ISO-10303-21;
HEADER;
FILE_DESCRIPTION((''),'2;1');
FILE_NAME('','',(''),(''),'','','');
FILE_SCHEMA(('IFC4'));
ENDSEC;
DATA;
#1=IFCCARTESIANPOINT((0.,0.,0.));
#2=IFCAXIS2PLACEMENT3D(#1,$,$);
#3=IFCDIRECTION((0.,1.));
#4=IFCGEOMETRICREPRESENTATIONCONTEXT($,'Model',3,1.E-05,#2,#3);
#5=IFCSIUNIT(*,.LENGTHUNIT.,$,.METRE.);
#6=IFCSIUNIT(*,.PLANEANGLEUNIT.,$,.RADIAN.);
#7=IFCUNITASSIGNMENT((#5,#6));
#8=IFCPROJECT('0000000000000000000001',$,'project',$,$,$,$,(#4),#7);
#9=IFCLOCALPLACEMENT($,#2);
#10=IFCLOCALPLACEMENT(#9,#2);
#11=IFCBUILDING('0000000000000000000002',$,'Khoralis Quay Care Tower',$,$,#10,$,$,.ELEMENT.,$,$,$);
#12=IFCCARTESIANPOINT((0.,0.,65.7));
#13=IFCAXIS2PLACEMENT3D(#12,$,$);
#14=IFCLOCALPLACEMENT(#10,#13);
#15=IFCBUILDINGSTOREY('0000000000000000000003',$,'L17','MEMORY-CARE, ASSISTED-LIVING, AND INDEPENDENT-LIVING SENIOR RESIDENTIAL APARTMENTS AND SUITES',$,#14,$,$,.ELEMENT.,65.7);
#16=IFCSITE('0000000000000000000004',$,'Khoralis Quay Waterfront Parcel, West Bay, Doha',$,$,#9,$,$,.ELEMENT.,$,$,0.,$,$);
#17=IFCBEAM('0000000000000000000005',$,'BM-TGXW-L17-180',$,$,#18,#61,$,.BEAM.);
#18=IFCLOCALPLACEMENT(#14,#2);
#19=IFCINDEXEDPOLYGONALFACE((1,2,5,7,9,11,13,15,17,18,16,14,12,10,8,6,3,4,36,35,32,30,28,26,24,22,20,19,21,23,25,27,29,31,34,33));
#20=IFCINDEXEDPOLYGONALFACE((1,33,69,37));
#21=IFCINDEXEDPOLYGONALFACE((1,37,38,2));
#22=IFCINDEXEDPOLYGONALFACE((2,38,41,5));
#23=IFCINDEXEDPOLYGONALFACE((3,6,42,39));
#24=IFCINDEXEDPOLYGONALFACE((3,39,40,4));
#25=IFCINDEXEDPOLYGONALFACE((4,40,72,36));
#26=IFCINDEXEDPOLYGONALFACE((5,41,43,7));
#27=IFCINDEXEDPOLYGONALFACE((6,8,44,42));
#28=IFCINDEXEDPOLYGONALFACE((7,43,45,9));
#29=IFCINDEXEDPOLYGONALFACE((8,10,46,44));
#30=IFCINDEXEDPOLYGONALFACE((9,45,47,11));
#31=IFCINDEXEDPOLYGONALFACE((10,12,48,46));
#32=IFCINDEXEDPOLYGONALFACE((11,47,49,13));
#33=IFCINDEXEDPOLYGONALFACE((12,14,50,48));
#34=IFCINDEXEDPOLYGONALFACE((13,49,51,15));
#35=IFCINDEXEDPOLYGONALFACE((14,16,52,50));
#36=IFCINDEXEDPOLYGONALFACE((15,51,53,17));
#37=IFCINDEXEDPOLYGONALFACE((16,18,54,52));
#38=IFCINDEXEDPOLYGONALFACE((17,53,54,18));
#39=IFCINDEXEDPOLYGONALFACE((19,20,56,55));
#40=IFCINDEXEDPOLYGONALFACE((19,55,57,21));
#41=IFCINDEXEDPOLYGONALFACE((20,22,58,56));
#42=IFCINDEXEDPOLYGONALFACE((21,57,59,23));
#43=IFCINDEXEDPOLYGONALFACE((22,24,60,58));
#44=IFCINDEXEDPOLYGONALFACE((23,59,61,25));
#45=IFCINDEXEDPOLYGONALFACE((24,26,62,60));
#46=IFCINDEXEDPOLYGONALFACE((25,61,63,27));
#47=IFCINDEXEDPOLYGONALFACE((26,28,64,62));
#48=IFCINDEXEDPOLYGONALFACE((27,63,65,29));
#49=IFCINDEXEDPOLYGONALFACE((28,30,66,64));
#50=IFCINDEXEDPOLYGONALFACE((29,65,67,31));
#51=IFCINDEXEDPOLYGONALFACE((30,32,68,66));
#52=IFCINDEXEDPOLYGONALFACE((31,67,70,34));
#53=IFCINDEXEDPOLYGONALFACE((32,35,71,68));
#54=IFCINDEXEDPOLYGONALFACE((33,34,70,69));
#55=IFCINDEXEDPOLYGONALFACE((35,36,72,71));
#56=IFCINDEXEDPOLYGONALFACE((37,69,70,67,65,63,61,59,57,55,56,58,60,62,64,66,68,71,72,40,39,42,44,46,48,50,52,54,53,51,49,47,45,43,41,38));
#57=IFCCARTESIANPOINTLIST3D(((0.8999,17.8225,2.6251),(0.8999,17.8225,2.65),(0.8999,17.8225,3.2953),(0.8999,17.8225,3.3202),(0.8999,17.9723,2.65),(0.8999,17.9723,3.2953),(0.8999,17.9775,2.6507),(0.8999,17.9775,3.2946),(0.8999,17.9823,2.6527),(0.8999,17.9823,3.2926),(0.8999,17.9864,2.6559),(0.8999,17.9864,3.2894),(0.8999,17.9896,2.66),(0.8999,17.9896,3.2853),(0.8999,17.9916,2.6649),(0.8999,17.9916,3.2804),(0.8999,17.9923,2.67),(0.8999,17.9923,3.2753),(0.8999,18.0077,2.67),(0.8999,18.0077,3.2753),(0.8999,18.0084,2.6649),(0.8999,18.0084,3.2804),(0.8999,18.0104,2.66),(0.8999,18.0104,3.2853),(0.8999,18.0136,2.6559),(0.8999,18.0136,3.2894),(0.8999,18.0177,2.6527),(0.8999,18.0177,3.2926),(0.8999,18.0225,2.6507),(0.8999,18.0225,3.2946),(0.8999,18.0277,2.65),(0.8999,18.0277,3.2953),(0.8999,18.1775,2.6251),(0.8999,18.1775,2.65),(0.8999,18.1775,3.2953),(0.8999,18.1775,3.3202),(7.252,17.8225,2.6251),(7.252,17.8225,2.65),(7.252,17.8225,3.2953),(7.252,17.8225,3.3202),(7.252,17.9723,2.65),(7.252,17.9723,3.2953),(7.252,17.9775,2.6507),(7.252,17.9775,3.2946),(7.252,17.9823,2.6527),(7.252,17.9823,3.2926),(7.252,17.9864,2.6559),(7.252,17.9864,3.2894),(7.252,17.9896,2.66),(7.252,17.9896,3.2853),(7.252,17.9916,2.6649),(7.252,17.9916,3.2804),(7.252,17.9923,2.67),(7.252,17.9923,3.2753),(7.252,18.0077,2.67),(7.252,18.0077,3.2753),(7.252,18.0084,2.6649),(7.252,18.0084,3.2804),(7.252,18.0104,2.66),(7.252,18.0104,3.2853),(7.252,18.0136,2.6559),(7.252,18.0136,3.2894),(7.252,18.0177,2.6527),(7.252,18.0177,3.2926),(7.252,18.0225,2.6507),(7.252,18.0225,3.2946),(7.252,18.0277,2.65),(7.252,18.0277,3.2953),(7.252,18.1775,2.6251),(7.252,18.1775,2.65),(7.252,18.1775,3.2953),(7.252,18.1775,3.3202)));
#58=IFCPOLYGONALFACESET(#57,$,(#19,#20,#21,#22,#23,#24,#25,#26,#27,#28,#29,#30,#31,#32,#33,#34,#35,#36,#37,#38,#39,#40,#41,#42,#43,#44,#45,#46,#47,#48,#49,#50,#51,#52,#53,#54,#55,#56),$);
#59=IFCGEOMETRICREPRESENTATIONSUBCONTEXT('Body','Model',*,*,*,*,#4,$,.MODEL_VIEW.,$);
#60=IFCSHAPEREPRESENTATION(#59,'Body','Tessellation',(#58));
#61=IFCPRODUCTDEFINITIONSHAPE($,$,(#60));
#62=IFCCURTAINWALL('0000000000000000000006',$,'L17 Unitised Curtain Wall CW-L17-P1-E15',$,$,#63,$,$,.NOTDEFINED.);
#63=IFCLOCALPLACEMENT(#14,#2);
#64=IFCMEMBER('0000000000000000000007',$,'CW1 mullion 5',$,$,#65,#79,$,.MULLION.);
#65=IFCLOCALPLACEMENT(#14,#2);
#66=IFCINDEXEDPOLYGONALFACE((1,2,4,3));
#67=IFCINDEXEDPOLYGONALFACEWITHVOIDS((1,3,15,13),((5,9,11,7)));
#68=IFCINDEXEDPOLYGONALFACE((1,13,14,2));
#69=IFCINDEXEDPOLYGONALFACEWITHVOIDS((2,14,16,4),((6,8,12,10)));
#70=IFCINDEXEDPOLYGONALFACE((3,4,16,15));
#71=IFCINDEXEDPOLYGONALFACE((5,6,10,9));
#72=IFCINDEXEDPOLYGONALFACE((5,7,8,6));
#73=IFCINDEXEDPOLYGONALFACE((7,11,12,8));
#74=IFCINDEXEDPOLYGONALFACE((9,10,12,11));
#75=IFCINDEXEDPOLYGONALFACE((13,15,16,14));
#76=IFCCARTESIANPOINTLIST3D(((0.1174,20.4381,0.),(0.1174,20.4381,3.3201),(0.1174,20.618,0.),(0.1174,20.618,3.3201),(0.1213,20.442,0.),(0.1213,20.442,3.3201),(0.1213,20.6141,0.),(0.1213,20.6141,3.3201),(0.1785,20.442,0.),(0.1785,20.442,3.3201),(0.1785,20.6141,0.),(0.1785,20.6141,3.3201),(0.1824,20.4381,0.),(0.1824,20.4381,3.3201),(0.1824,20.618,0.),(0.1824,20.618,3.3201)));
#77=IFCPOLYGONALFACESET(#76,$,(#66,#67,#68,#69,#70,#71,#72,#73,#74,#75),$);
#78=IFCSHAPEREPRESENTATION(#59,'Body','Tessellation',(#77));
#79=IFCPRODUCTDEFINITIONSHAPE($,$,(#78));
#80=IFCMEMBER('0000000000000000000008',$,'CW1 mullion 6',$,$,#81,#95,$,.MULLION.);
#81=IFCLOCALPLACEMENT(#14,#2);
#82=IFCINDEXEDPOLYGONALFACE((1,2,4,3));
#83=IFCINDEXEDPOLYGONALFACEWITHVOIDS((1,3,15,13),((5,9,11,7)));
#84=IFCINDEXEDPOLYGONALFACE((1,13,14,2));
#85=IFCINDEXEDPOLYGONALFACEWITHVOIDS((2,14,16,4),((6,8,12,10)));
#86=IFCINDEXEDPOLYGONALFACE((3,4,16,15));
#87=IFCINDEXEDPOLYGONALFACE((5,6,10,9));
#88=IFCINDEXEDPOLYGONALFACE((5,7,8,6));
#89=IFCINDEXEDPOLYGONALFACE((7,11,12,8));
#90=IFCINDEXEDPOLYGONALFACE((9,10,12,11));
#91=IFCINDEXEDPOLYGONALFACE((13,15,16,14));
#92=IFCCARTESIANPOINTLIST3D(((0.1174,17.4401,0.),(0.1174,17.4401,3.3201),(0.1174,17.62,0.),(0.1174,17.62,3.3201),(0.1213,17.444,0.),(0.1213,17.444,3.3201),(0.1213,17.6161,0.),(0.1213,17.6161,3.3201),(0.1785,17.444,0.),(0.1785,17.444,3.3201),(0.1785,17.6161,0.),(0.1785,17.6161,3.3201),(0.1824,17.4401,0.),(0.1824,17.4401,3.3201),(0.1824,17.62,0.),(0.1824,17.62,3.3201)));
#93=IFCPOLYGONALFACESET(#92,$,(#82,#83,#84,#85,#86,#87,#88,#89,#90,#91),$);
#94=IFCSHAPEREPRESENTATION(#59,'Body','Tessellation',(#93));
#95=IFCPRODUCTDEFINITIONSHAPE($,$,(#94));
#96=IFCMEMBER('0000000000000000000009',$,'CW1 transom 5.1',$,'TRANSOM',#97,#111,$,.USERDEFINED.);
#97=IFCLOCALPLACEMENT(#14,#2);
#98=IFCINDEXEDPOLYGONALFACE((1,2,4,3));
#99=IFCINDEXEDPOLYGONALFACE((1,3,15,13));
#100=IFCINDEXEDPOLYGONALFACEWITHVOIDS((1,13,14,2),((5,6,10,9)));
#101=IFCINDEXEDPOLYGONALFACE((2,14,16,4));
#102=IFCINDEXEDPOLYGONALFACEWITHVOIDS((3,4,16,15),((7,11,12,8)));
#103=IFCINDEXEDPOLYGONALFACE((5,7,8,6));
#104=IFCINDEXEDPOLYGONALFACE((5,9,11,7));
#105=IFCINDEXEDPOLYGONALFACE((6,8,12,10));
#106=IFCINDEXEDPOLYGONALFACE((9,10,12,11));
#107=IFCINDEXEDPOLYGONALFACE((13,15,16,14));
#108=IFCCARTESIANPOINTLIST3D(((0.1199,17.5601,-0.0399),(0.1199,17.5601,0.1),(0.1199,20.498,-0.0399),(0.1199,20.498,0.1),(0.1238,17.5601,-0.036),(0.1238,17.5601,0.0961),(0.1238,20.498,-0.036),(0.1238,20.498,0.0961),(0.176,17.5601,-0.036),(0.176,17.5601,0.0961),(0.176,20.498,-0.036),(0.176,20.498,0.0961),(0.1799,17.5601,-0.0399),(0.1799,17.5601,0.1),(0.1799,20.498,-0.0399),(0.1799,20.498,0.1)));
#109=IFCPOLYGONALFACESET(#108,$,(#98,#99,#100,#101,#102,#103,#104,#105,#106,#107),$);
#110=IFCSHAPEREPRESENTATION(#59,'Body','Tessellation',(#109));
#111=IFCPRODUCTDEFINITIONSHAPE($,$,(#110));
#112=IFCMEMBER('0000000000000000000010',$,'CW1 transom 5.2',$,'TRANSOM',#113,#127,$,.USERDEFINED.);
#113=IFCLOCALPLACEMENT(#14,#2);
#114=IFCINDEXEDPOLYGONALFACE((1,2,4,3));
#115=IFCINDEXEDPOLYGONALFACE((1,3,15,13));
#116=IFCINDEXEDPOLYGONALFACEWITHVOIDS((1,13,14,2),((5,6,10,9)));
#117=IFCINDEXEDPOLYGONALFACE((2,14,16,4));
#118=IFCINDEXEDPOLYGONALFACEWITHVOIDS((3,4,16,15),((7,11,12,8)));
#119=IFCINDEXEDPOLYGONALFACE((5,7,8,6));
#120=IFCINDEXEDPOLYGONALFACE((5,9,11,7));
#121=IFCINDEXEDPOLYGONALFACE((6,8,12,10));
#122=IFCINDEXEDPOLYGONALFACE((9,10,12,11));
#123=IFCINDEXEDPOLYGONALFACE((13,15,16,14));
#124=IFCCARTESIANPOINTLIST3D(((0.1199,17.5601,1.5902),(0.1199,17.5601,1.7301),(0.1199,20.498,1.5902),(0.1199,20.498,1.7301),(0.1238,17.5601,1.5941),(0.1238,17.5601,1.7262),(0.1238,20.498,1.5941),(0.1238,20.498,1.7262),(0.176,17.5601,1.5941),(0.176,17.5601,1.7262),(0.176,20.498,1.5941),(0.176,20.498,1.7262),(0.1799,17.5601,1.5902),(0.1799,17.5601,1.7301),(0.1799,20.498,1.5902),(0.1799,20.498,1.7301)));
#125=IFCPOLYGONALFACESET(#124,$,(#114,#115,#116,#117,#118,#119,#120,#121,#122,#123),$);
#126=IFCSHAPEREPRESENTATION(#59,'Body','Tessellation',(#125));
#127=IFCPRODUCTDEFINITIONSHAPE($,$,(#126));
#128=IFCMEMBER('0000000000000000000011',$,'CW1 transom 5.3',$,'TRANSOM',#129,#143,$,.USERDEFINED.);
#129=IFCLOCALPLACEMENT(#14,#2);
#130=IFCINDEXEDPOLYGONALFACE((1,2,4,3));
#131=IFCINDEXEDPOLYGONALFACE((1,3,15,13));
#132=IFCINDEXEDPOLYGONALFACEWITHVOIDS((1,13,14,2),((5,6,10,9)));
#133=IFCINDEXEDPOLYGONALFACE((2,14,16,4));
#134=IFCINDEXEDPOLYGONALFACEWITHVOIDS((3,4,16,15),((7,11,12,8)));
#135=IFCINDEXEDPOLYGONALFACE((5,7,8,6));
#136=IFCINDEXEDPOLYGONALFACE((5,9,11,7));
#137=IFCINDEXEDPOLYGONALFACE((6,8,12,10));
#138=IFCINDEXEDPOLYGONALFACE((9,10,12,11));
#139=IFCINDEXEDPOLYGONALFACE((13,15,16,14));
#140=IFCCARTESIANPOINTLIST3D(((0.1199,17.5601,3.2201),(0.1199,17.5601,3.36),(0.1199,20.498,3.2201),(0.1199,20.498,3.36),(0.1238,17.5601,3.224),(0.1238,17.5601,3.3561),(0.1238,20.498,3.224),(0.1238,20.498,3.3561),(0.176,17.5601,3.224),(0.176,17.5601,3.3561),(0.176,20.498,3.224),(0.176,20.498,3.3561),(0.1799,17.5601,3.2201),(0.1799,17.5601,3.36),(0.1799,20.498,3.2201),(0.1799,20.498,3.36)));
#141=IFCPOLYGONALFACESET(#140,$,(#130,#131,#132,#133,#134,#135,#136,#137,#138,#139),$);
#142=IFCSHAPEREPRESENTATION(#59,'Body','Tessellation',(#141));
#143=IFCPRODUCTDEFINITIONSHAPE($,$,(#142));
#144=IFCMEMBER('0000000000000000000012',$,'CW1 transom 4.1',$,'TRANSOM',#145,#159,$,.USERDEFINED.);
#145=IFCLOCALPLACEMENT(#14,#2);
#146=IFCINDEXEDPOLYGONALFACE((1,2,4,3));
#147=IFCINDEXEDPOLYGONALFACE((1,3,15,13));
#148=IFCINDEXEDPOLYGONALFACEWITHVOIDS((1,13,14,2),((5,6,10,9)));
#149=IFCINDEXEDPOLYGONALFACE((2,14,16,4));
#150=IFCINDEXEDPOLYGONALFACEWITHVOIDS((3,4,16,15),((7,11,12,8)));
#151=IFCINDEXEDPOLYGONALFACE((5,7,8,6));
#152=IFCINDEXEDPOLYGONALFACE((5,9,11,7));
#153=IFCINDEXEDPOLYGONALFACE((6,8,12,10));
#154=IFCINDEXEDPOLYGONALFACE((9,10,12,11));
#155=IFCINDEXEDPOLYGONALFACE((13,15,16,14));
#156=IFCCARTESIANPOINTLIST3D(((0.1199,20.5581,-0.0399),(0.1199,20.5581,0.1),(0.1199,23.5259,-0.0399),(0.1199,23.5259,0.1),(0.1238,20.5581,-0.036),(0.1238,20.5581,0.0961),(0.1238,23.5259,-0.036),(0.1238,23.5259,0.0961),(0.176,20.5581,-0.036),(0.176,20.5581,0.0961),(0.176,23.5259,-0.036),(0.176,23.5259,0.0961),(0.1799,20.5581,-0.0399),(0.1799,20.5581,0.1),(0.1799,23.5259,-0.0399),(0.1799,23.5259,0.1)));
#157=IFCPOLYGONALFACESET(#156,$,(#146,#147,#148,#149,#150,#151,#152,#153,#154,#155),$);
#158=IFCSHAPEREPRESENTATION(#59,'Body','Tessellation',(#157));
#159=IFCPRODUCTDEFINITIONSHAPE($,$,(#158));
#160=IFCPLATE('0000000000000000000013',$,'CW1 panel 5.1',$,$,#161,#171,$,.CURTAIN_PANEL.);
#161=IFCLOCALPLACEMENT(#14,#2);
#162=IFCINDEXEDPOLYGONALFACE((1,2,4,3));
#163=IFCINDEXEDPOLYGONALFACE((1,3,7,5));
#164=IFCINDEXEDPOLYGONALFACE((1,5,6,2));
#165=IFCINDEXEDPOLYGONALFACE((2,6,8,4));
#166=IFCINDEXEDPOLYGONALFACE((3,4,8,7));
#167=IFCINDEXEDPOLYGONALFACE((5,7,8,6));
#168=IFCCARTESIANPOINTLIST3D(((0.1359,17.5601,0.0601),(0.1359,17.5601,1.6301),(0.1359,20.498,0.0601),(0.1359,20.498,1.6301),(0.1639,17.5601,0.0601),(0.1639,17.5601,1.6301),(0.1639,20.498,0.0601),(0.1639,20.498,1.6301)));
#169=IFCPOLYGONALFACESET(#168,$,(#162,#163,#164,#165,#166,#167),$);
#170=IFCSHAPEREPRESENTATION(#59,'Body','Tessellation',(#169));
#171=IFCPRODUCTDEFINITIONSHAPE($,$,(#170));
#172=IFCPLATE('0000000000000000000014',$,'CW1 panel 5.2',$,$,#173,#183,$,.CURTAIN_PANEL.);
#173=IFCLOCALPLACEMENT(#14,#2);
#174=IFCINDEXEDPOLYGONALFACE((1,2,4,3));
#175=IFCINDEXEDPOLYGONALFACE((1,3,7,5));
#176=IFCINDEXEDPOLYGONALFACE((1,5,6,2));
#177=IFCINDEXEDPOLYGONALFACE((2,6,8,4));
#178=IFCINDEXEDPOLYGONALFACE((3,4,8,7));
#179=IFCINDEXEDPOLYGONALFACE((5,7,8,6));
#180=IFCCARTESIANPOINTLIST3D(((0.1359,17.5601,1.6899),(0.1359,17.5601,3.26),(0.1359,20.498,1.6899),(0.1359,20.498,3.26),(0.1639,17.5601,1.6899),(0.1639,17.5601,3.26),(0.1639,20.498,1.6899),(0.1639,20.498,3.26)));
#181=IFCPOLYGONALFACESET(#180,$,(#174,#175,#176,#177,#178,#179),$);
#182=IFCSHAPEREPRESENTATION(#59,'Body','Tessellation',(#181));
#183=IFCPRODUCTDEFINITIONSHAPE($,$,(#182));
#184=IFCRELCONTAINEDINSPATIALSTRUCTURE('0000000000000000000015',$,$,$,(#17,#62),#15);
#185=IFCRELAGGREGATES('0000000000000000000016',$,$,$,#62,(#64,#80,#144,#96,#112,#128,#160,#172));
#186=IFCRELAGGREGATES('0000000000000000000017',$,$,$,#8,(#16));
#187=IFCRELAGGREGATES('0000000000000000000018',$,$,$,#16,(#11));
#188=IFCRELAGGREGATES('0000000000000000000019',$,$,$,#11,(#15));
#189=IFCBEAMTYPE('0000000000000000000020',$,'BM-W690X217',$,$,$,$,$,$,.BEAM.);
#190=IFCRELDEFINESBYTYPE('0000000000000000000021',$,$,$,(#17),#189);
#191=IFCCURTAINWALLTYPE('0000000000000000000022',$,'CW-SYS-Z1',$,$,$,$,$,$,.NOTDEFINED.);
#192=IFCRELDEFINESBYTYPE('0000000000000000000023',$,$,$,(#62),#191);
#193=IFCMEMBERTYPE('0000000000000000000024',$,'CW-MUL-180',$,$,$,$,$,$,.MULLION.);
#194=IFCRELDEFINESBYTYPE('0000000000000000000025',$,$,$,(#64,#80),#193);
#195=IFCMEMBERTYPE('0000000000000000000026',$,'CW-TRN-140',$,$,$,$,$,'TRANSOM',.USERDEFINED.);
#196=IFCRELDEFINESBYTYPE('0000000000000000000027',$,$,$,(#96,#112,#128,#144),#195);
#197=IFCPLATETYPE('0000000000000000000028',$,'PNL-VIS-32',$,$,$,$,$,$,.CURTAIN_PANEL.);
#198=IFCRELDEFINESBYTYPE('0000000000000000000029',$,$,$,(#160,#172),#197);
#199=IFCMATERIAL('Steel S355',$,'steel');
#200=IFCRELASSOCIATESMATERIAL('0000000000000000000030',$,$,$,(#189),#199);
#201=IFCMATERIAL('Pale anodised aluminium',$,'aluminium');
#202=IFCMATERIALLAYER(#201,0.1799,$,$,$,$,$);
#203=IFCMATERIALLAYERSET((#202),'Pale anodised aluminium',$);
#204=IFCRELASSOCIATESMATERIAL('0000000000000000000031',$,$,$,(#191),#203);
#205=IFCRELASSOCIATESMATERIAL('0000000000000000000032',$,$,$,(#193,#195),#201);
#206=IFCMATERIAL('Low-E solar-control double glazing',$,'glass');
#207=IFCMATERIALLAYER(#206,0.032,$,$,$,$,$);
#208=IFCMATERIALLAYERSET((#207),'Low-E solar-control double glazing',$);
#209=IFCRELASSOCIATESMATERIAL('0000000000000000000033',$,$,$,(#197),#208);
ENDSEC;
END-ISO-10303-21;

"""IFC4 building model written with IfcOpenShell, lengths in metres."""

from ifc_helpers import new_model, si_unit, direction, frame, origin, origin_2d, place, context, subcontext, project, spatial, rectangle, hollow_rectangle, i_section, extrude, source, transform, mapped, material, layer, layer_set, material_profile, profile_set, type_object, element, aggregate, save


model = new_model("IFC4")

# Units and contexts
model_context = context("Model", 3, precision=1e-05, world=origin(), true_north=direction((0.0, 1.0)))
body_context = subcontext(model_context, "Body", "Model", "MODEL_VIEW")
ifc_project = project(units=[si_unit("LENGTHUNIT", "METRE"), si_unit("PLANEANGLEUNIT", "RADIAN")], contexts=[model_context])

# Site, building, storey
site_placement = place(None, origin())
site = spatial("IfcSite", under=ifc_project, at=site_placement, Name="Khoralis Quay Waterfront Parcel, West Bay, Doha", CompositionType="ELEMENT", RefElevation=0.0)
building_placement = place(site_placement, origin())
building = spatial("IfcBuilding", under=site, at=building_placement, Name="Khoralis Quay Care Tower", CompositionType="ELEMENT")
storey_placement = place(building_placement, frame((0.0, 0.0, 65.7)))
storey = spatial("IfcBuildingStorey", under=building, at=storey_placement, Name="L17", Description="MEMORY-CARE, ASSISTED-LIVING, AND INDEPENDENT-LIVING SENIOR RESIDENTIAL APARTMENTS AND SUITES", CompositionType="ELEMENT", Elevation=65.7)

# Beam
ifc_material_1 = material(Name="Steel S355", Category="steel")
ifc_material_profile_1 = material_profile(ifc_material_1, i_section(OverallWidth=0.355, OverallDepth=0.6951, WebThickness=0.0154, FlangeThickness=0.0249, FilletRadius=0.02, at=origin_2d()), Name="Steel S355")
ifc_profile_set_1 = profile_set([ifc_material_profile_1], Name="Steel S355")
beam_type_1 = type_object("IfcBeamType", Name="BM-W690X217", PredefinedType="BEAM", material=ifc_profile_set_1)
shared_shape_1 = source(origin(), body_context, "Body", "SweptSolid", [
    extrude(i_section(OverallWidth=0.355, OverallDepth=0.6951, WebThickness=0.0154, FlangeThickness=0.0249, FilletRadius=0.02, at=origin_2d()), origin(), (0.0, 0.0, 1.0), 6.3521),
])
beam_1_placement = place(storey_placement, frame((0.8999, 18.0, 2.9727), z_axis=(1.0, 0.0, 0.0), x_axis=(0.0, 1.0, 0.0)))
element("IfcBeam", 1, at=beam_1_placement, inside=storey, type_object=beam_type_1, Name="BM-TGXW-L17-180", PredefinedType="BEAM", context=body_context, shape_type="MappedRepresentation", body=[
    mapped(shared_shape_1, transform((0.0, 0.0, 0.0), scale=1.0)),
])

# Curtain wall, members, plates
ifc_material_2 = material(Name="Pale anodised aluminium", Category="aluminium")
ifc_layer_1 = layer(ifc_material_2, 0.1799)
ifc_layer_set_1 = layer_set([ifc_layer_1], Name="Pale anodised aluminium")
curtain_wall_type = type_object("IfcCurtainWallType", Name="CW-SYS-Z1", PredefinedType="NOTDEFINED", material=ifc_layer_set_1)
curtain_wall_placement = place(storey_placement, origin())
curtain_wall = element("IfcCurtainWall", 2, at=curtain_wall_placement, inside=storey, type_object=curtain_wall_type, Name="L17 Unitised Curtain Wall CW-L17-P1-E15", PredefinedType="NOTDEFINED")
ifc_material_profile_2 = material_profile(ifc_material_2, hollow_rectangle(XDim=0.0649, YDim=0.1799, WallThickness=0.0039, at=origin_2d()), Name="Pale anodised aluminium")
ifc_profile_set_2 = profile_set([ifc_material_profile_2], Name="Pale anodised aluminium")
member_type_1 = type_object("IfcMemberType", Name="CW-MUL-180", PredefinedType="MULLION", material=ifc_profile_set_2)
shared_shape_2 = source(origin(), body_context, "Body", "SweptSolid", [
    extrude(hollow_rectangle(XDim=0.0649, YDim=0.1799, WallThickness=0.0039, at=origin_2d()), origin(), (0.0, 0.0, 1.0), 3.3201),
])
member_1_placement = place(storey_placement, frame((0.1499, 20.5281, 0.0), z_axis=(0.0, 0.0, 1.0), x_axis=(1.0, 0.0, 0.0)))
member_1 = element("IfcMember", 3, at=member_1_placement, type_object=member_type_1, Name="CW1 mullion 5", PredefinedType="MULLION", context=body_context, shape_type="MappedRepresentation", body=[
    mapped(shared_shape_2, transform((0.0, 0.0, 0.0), scale=1.0)),
])
member_2_placement = place(storey_placement, frame((0.1499, 17.53, 0.0), z_axis=(0.0, 0.0, 1.0), x_axis=(1.0, 0.0, 0.0)))
member_2 = element("IfcMember", 4, at=member_2_placement, type_object=member_type_1, Name="CW1 mullion 6", PredefinedType="MULLION", context=body_context, shape_type="MappedRepresentation", body=[
    mapped(shared_shape_2, transform((0.0, 0.0, 0.0), scale=1.0)),
])
ifc_material_profile_3 = material_profile(ifc_material_2, hollow_rectangle(XDim=0.0601, YDim=0.1399, WallThickness=0.0039, at=origin_2d()), Name="Pale anodised aluminium")
ifc_profile_set_3 = profile_set([ifc_material_profile_3], Name="Pale anodised aluminium")
member_type_2 = type_object("IfcMemberType", Name="CW-TRN-140", ElementType="TRANSOM", PredefinedType="USERDEFINED", material=ifc_profile_set_3)
shared_shape_3 = source(origin(), body_context, "Body", "SweptSolid", [
    extrude(hollow_rectangle(XDim=0.0601, YDim=0.1399, WallThickness=0.0039, at=origin_2d()), origin(), (0.0, 0.0, 1.0), 2.938),
])
member_3_placement = place(storey_placement, frame((0.1499, 20.498, 0.03), z_axis=(0.0, -1.0, 0.0), x_axis=(1.0, 0.0, 0.0)))
member_3 = element("IfcMember", 5, at=member_3_placement, type_object=member_type_2, Name="CW1 transom 5.1", ObjectType="TRANSOM", PredefinedType="USERDEFINED", context=body_context, shape_type="MappedRepresentation", body=[
    mapped(shared_shape_3, transform((0.0, 0.0, 0.0), scale=1.0)),
])
member_4_placement = place(storey_placement, frame((0.1499, 20.498, 1.6602), z_axis=(0.0, -1.0, 0.0), x_axis=(1.0, 0.0, 0.0)))
member_4 = element("IfcMember", 6, at=member_4_placement, type_object=member_type_2, Name="CW1 transom 5.2", ObjectType="TRANSOM", PredefinedType="USERDEFINED", context=body_context, shape_type="MappedRepresentation", body=[
    mapped(shared_shape_3, transform((0.0, 0.0, 0.0), scale=1.0)),
])
member_5_placement = place(storey_placement, frame((0.1499, 20.498, 3.29), z_axis=(0.0, -1.0, 0.0), x_axis=(1.0, 0.0, 0.0)))
member_5 = element("IfcMember", 7, at=member_5_placement, type_object=member_type_2, Name="CW1 transom 5.3", ObjectType="TRANSOM", PredefinedType="USERDEFINED", context=body_context, shape_type="MappedRepresentation", body=[
    mapped(shared_shape_3, transform((0.0, 0.0, 0.0), scale=1.0)),
])
shared_shape_4 = source(origin(), body_context, "Body", "SweptSolid", [
    extrude(hollow_rectangle(XDim=0.0601, YDim=0.1399, WallThickness=0.0039, at=origin_2d()), origin(), (0.0, 0.0, 1.0), 2.9678),
])
member_6_placement = place(storey_placement, frame((0.1499, 23.5259, 0.03), z_axis=(0.0, -1.0, 0.0), x_axis=(1.0, 0.0, 0.0)))
member_6 = element("IfcMember", 8, at=member_6_placement, type_object=member_type_2, Name="CW1 transom 4.1", ObjectType="TRANSOM", PredefinedType="USERDEFINED", context=body_context, shape_type="MappedRepresentation", body=[
    mapped(shared_shape_4, transform((0.0, 0.0, 0.0), scale=1.0)),
])
ifc_material_3 = material(Name="Low-E solar-control double glazing", Category="glass")
ifc_layer_2 = layer(ifc_material_3, 0.032)
ifc_layer_set_2 = layer_set([ifc_layer_2], Name="Low-E solar-control double glazing")
plate_type = type_object("IfcPlateType", Name="PNL-VIS-32", PredefinedType="CURTAIN_PANEL", material=ifc_layer_set_2)
shared_shape_5 = source(origin(), body_context, "Body", "SweptSolid", [
    extrude(rectangle(XDim=2.938, YDim=0.0281, at=origin_2d()), origin(), (0.0, 0.0, 1.0), 1.5701),
])
plate_1_placement = place(storey_placement, frame((0.1499, 19.0291, 0.0601), z_axis=(0.0, 0.0, 1.0), x_axis=(0.0, -1.0, 0.0)))
plate_1 = element("IfcPlate", 9, at=plate_1_placement, type_object=plate_type, Name="CW1 panel 5.1", PredefinedType="CURTAIN_PANEL", context=body_context, shape_type="MappedRepresentation", body=[
    mapped(shared_shape_5, transform((0.0, 0.0, 0.0), scale=1.0)),
])
plate_2_placement = place(storey_placement, frame((0.1499, 19.0291, 1.6899), z_axis=(0.0, 0.0, 1.0), x_axis=(0.0, -1.0, 0.0)))
plate_2 = element("IfcPlate", 10, at=plate_2_placement, type_object=plate_type, Name="CW1 panel 5.2", PredefinedType="CURTAIN_PANEL", context=body_context, shape_type="MappedRepresentation", body=[
    mapped(shared_shape_5, transform((0.0, 0.0, 0.0), scale=1.0)),
])
aggregate(curtain_wall, [member_1, member_2, member_6, member_3, member_4, member_5, plate_1, plate_2])

save(model, "model.ifc")
